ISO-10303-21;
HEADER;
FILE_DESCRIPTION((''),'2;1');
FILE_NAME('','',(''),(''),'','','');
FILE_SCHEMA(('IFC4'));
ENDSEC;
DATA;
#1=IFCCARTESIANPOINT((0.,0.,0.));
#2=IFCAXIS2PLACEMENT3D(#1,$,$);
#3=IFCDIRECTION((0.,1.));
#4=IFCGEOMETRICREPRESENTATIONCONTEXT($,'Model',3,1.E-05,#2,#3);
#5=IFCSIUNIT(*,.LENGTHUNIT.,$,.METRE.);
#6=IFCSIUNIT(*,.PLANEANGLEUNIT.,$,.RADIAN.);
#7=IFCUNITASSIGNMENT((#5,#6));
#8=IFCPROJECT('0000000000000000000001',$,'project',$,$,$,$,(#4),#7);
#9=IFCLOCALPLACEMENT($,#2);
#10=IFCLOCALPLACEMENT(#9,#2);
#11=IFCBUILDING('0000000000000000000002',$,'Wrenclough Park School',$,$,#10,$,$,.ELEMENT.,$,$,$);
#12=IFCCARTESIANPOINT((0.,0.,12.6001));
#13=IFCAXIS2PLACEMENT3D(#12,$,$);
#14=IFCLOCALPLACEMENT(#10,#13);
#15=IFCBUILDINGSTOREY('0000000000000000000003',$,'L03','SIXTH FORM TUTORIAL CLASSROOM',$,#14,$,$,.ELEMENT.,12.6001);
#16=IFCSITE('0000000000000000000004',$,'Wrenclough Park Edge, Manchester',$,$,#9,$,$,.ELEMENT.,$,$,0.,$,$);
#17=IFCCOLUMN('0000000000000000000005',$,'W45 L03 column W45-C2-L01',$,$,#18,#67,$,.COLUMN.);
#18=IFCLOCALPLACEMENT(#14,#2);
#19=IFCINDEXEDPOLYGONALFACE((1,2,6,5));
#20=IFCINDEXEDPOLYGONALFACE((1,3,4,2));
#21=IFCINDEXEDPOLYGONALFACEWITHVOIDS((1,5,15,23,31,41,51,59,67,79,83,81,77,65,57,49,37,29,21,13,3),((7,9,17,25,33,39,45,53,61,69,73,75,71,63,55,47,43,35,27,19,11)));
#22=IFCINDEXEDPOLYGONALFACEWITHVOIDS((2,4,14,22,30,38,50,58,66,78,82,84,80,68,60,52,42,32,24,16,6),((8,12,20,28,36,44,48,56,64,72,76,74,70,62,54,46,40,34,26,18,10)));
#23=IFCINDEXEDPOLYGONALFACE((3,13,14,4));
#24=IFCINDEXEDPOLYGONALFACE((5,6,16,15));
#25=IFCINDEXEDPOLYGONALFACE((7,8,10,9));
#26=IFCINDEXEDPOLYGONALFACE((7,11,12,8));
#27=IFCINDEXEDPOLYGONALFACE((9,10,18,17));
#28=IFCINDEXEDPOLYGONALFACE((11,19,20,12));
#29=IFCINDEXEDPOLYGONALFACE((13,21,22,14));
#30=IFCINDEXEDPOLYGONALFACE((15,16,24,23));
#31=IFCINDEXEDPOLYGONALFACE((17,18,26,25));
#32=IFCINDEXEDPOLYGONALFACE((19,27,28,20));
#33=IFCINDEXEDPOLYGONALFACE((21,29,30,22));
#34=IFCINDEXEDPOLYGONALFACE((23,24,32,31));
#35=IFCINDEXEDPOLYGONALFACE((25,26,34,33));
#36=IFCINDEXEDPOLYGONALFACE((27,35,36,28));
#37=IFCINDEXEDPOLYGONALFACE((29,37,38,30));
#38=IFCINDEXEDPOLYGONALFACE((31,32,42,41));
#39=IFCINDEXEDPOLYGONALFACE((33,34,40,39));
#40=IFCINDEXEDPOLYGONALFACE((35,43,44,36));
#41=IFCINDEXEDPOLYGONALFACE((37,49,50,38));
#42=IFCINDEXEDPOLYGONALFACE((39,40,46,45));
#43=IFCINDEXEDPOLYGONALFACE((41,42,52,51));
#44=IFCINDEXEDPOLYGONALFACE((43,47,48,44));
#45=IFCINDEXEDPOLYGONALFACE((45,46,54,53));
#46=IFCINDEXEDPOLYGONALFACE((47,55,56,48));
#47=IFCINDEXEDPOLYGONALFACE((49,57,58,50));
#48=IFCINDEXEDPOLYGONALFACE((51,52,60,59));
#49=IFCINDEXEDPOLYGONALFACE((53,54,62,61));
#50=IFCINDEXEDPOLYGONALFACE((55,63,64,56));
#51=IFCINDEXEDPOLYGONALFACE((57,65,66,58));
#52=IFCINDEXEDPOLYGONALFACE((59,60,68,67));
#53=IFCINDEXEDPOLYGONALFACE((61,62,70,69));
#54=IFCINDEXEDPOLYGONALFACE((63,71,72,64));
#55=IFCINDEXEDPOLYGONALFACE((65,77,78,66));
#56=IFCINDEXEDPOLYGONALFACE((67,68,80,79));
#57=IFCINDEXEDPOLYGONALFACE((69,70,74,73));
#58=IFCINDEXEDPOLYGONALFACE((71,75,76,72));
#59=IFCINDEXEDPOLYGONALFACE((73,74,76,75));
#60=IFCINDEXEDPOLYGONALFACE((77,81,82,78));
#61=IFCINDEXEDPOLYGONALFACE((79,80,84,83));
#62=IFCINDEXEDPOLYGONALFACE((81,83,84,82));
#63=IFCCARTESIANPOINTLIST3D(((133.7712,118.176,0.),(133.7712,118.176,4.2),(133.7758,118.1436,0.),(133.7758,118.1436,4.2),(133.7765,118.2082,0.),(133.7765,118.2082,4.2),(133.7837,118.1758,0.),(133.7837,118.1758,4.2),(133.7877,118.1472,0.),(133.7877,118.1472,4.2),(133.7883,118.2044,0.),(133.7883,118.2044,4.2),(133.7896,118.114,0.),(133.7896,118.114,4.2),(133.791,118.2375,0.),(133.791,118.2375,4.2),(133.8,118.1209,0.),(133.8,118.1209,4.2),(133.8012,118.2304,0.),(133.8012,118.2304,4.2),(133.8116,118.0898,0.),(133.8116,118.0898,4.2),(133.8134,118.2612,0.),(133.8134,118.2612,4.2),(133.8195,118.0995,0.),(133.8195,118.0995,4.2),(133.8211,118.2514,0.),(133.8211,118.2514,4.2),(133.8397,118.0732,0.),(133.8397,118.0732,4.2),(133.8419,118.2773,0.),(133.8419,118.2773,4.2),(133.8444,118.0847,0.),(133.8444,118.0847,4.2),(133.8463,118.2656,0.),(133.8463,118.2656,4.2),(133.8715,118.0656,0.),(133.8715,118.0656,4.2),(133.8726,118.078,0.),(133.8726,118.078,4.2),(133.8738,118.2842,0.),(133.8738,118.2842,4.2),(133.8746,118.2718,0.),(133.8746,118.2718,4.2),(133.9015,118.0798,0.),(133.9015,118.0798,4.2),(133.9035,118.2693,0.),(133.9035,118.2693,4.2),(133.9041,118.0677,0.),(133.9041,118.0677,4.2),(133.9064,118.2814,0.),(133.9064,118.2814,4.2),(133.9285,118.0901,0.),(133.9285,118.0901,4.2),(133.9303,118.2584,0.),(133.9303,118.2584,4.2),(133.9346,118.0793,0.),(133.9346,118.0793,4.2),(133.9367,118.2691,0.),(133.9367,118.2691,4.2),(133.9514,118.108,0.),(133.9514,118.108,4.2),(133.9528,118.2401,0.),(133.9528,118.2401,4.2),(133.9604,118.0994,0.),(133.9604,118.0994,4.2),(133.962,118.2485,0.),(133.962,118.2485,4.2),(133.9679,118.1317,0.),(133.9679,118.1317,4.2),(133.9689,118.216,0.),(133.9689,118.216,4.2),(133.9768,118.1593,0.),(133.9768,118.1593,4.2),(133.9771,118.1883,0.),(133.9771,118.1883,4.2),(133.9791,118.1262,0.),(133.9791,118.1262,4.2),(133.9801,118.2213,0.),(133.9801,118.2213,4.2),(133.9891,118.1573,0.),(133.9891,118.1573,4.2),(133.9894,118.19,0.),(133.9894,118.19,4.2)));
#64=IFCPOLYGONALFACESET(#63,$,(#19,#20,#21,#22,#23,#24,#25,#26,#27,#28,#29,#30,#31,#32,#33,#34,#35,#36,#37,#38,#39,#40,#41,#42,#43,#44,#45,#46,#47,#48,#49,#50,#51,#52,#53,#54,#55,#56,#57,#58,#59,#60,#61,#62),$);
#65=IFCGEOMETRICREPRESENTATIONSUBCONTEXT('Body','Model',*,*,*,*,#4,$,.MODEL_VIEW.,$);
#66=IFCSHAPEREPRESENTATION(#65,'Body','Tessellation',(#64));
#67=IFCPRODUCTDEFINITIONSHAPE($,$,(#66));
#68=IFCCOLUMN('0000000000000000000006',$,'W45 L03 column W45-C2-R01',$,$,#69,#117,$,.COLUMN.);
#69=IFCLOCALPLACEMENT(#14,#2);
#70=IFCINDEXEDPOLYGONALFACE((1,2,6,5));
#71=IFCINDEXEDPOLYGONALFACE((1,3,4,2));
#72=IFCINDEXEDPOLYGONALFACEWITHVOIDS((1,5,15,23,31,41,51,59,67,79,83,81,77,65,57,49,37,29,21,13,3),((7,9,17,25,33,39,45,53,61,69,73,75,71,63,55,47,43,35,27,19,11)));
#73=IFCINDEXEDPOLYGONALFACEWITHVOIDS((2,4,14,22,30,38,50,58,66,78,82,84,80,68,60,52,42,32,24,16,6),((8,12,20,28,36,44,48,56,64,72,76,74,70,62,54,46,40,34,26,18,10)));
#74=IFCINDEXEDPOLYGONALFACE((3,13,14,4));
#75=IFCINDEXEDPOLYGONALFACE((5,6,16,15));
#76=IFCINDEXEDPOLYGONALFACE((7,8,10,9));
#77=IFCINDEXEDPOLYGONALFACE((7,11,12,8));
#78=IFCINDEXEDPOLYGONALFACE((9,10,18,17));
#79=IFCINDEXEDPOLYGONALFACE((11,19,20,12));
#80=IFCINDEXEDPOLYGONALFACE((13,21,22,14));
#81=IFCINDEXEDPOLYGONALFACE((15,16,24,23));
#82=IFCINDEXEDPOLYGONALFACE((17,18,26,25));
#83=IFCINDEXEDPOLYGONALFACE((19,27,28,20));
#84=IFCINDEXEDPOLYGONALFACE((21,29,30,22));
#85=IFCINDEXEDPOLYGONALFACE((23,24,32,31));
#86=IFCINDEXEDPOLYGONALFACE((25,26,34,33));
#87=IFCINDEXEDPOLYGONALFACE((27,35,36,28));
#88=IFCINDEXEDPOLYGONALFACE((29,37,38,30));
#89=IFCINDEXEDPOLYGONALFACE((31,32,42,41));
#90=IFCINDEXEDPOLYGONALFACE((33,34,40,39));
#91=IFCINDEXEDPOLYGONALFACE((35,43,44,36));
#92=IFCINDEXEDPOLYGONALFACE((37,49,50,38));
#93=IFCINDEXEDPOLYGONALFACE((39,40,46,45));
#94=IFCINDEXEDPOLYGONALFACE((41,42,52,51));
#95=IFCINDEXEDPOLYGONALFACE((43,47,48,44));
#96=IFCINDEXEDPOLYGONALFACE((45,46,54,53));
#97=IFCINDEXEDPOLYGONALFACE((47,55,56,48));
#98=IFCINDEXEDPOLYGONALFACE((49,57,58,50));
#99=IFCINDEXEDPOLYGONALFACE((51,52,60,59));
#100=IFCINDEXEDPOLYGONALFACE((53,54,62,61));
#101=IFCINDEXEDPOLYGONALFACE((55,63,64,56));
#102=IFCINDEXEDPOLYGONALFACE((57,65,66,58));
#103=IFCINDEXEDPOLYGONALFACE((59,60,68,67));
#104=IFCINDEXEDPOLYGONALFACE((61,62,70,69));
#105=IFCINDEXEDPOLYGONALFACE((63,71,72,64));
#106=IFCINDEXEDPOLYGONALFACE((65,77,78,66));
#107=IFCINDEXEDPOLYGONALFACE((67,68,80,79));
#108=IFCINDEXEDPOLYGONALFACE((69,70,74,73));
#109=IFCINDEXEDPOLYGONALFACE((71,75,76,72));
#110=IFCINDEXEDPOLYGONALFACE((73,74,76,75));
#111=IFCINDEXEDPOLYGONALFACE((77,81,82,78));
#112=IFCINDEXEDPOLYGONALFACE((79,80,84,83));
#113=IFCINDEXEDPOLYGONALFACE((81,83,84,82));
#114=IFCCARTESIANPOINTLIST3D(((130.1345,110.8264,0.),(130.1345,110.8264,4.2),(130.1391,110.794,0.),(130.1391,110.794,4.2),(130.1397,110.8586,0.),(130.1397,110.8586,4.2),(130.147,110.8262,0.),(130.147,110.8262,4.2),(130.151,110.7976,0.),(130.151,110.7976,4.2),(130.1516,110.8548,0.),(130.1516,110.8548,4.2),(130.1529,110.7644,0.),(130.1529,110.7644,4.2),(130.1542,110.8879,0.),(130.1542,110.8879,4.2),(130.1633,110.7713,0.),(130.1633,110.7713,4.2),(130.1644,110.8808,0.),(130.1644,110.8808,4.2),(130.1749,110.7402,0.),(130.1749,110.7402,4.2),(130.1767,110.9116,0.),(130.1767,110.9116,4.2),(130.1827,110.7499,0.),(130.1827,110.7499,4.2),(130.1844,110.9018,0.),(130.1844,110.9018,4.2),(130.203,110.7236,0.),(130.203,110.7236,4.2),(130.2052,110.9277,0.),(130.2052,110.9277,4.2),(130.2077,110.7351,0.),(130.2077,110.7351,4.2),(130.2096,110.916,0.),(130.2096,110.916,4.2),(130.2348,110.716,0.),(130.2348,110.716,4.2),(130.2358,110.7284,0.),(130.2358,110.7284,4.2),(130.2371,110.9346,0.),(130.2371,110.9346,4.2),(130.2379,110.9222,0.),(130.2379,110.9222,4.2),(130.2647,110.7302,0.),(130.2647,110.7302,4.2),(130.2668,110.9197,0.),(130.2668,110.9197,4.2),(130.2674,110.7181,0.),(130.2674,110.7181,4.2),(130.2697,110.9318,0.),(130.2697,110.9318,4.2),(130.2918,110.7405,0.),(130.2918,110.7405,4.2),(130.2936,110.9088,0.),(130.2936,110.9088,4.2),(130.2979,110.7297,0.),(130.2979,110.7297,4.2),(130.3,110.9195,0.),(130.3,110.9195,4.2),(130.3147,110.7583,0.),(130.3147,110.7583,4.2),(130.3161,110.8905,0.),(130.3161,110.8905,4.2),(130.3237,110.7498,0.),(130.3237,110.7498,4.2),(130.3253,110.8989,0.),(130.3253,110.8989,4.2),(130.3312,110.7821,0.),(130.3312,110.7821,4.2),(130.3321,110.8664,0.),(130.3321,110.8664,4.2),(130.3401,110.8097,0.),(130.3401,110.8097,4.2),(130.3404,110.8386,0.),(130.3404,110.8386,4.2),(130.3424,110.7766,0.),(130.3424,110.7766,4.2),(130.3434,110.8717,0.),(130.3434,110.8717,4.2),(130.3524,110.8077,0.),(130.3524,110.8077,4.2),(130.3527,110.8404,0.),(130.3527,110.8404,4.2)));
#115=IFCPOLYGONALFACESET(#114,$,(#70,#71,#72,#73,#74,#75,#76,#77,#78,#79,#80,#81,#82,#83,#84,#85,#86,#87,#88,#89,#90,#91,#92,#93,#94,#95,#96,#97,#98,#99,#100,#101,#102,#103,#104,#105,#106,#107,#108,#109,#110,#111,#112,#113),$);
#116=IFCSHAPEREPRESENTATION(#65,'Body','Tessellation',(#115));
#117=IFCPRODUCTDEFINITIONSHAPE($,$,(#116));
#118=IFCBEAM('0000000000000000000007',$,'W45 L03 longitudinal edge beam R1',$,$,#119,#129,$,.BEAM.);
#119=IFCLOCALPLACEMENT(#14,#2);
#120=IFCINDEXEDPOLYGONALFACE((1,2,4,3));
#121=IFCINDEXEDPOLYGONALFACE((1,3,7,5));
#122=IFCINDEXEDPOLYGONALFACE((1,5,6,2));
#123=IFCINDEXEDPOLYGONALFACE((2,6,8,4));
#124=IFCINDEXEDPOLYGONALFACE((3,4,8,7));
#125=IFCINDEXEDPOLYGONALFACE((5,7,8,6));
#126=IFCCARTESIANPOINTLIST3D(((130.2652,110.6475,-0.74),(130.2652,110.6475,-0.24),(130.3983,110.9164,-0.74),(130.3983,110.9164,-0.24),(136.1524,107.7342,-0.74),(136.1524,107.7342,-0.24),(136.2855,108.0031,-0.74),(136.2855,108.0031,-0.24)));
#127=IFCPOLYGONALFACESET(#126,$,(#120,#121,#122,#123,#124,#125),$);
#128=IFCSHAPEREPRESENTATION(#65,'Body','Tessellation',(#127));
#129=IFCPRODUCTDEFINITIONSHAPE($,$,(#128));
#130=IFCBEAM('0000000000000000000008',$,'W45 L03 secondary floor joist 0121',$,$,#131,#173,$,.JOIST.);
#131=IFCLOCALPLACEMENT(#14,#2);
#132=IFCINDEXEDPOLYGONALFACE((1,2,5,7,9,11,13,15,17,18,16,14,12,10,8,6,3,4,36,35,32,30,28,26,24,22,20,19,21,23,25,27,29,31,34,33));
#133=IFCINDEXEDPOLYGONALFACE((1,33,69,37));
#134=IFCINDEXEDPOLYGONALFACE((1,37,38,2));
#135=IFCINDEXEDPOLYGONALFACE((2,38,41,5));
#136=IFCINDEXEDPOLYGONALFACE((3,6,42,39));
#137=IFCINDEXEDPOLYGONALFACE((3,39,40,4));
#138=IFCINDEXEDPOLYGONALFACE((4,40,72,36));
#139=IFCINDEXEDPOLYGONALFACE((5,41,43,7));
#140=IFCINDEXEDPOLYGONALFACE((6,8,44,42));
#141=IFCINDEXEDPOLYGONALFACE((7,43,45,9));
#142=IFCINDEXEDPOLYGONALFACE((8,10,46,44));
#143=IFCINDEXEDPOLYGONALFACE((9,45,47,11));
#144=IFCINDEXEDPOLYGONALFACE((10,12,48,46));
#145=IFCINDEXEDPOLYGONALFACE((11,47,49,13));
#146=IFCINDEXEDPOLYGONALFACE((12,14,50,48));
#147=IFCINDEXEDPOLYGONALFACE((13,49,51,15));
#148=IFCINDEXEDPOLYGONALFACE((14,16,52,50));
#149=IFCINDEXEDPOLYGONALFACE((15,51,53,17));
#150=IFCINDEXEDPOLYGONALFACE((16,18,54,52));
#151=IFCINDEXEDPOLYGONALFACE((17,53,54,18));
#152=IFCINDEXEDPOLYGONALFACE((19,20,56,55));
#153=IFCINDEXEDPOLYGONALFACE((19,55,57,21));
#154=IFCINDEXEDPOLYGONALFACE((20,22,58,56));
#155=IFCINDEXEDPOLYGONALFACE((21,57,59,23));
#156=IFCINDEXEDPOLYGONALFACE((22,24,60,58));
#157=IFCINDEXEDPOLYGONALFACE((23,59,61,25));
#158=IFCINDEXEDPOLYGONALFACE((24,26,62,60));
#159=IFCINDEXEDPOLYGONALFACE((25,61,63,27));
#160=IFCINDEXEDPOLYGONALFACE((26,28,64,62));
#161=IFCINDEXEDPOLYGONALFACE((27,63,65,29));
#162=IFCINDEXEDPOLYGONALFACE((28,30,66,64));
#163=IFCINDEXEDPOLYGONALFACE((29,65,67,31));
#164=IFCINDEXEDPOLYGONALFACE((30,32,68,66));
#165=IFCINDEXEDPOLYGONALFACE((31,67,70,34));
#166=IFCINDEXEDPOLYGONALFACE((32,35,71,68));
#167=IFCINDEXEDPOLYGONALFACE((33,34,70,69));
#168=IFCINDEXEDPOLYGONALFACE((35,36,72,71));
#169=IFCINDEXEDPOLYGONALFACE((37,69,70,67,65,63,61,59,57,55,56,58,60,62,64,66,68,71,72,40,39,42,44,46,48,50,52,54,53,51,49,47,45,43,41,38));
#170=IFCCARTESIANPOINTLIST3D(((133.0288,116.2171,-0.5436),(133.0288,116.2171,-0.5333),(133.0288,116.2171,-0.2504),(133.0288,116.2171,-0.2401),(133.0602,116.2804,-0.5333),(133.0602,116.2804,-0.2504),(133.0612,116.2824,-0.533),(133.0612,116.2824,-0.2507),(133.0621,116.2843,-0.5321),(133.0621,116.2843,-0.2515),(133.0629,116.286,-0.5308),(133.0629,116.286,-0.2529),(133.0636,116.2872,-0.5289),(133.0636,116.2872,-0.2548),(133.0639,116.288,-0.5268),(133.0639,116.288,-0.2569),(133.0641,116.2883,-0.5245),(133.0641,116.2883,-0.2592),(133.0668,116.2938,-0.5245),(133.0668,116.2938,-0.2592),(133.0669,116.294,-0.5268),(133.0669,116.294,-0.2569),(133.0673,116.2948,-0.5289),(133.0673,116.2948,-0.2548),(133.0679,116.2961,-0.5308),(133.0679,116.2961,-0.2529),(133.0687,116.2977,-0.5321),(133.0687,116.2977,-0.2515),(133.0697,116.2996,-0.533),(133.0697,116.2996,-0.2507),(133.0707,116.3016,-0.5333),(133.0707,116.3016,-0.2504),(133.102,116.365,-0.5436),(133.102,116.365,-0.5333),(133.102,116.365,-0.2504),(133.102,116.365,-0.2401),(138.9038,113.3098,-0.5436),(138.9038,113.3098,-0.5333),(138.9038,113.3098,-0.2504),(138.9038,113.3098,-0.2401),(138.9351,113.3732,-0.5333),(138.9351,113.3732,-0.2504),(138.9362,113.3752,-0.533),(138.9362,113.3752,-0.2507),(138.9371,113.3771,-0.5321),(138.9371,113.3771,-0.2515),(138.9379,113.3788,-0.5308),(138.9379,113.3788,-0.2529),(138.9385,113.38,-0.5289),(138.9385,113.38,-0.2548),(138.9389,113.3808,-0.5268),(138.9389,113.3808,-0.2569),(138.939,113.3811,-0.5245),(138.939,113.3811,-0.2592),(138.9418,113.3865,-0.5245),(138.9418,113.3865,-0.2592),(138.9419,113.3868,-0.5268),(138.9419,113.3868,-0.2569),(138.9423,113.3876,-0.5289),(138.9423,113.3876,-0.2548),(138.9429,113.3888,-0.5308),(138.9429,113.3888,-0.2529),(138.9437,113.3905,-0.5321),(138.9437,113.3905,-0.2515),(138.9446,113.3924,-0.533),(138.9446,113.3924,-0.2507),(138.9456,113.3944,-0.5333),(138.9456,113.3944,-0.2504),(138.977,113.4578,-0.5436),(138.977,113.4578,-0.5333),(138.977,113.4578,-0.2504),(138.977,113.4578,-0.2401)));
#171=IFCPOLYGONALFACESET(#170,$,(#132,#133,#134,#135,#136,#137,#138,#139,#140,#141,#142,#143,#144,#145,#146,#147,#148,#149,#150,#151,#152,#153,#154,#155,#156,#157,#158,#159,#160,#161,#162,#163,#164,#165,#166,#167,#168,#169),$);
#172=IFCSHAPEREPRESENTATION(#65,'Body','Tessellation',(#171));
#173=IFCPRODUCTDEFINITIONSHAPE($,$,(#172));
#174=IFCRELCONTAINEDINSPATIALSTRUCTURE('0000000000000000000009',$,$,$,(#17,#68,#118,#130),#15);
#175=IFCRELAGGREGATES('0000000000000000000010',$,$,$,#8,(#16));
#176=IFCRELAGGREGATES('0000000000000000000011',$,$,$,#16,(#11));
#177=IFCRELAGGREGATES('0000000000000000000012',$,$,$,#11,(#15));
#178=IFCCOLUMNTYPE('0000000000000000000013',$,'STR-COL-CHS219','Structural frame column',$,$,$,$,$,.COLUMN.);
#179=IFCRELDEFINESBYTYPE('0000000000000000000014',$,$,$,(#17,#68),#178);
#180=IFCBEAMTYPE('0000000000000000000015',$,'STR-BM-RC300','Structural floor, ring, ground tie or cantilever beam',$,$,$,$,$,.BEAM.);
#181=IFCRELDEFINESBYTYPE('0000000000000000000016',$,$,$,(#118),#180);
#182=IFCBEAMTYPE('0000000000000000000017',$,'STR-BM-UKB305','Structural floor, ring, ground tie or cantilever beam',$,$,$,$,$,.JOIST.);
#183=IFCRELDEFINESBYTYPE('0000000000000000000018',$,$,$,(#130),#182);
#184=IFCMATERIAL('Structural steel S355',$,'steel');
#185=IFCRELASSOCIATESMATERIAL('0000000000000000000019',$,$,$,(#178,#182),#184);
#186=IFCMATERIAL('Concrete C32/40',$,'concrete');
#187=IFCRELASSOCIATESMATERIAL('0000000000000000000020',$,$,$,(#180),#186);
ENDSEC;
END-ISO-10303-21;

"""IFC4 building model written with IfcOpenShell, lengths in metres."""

from ifc_helpers import new_model, si_unit, direction, frame, origin, origin_2d, place, context, subcontext, project, spatial, rectangle, hollow_circle, i_section, extrude, material, material_profile, profile_set, type_object, element, save


model = new_model("IFC4")

# Units and contexts
model_context = context("Model", 3, precision=1e-05, world=origin(), true_north=direction((0.0, 1.0)))
body_context = subcontext(model_context, "Body", "Model", "MODEL_VIEW")
ifc_project = project(units=[si_unit("LENGTHUNIT", "METRE"), si_unit("PLANEANGLEUNIT", "RADIAN")], contexts=[model_context])

# Site, building, storey
site_placement = place(None, origin())
site = spatial("IfcSite", under=ifc_project, at=site_placement, Name="Wrenclough Park Edge, Manchester", CompositionType="ELEMENT", RefElevation=0.0)
building_placement = place(site_placement, origin())
building = spatial("IfcBuilding", under=site, at=building_placement, Name="Wrenclough Park School", CompositionType="ELEMENT")
storey_placement = place(building_placement, frame((0.0, 0.0, 12.6001)))
storey = spatial("IfcBuildingStorey", under=building, at=storey_placement, Name="L03", Description="SIXTH FORM TUTORIAL CLASSROOM", CompositionType="ELEMENT", Elevation=12.6001)

# Columns
ifc_material_1 = material(Name="Structural steel S355", Category="steel")
ifc_material_profile_1 = material_profile(ifc_material_1, hollow_circle(Radius=0.1096, WallThickness=0.0125, at=origin_2d()), Name="CHS 219.1x12.5")
ifc_profile_set_1 = profile_set([ifc_material_profile_1], Name="Structural steel S355")
column_type = type_object("IfcColumnType", Name="STR-COL-CHS219", Description="Structural frame column", PredefinedType="COLUMN", material=ifc_profile_set_1)
for number, where, z_axis, x_axis, name in (
    (1, (133.8809, 118.1748, 0.0), (0.0, 0.0, 1.0), (0.896254, -0.443541, 0.0), "W45 L03 column W45-C2-L01"),
    (2, (130.2441, 110.8252, 0.0), (0.0, 0.0, 1.0), (0.896254, -0.443541, 0.0), "W45 L03 column W45-C2-R01"),
):
    element("IfcColumn", number, at=place(storey_placement, frame(where, z_axis=z_axis, x_axis=x_axis)), inside=storey, type_object=column_type, Name=name, PredefinedType="COLUMN", context=body_context, shape_type="SweptSolid", body=[
        extrude(hollow_circle(Radius=0.1096, WallThickness=0.0125, at=origin_2d()), origin(), (0.0, 0.0, 1.0), 4.2),
    ])

# Beams
ifc_material_2 = material(Name="Concrete C32/40", Category="concrete")
ifc_material_profile_2 = material_profile(ifc_material_2, rectangle(XDim=0.3, YDim=0.5, at=origin_2d()), Name="RC BEAM 300x500")
ifc_profile_set_2 = profile_set([ifc_material_profile_2], Name="Concrete C32/40")
beam_type_1 = type_object("IfcBeamType", Name="STR-BM-RC300", Description="Structural floor, ring, ground tie or cantilever beam", PredefinedType="BEAM", material=ifc_profile_set_2)
beam_1_placement = place(storey_placement, frame((130.3318, 110.782, -0.49), z_axis=(0.896263, -0.443523, 0.0), x_axis=(0.443523, 0.896263, 0.0)))
element("IfcBeam", 3, at=beam_1_placement, inside=storey, type_object=beam_type_1, Name="W45 L03 longitudinal edge beam R1", PredefinedType="BEAM", context=body_context, shape_type="SweptSolid", body=[
    extrude(rectangle(XDim=0.3, YDim=0.5, at=origin_2d()), origin(), (0.0, 0.0, 1.0), 6.5686),
])
ifc_material_profile_3 = material_profile(ifc_material_1, i_section(OverallWidth=0.165, OverallDepth=0.3035, WebThickness=0.0061, FlangeThickness=0.0103, FilletRadius=0.0088, at=origin_2d()), Name="UKB 305x165x40")
ifc_profile_set_3 = profile_set([ifc_material_profile_3], Name="Structural steel S355")
beam_type_2 = type_object("IfcBeamType", Name="STR-BM-UKB305", Description="Structural floor, ring, ground tie or cantilever beam", PredefinedType="JOIST", material=ifc_profile_set_3)
for number, where, z_axis, x_axis, name in (
    (4, (133.0654, 116.291, -0.3918), (0.896267, -0.443515, 0.0), (0.443515, 0.896267, 0.0), "W45 L03 secondary floor joist 0121"),
):
    element("IfcBeam", number, at=place(storey_placement, frame(where, z_axis=z_axis, x_axis=x_axis)), inside=storey, type_object=beam_type_2, Name=name, PredefinedType="JOIST", context=body_context, shape_type="SweptSolid", body=[
        extrude(i_section(OverallWidth=0.165, OverallDepth=0.3035, WebThickness=0.0061, FlangeThickness=0.0103, FilletRadius=0.0088, at=origin_2d()), origin(), (0.0, 0.0, 1.0), 6.5549),
    ])

save(model, "model.ifc")
